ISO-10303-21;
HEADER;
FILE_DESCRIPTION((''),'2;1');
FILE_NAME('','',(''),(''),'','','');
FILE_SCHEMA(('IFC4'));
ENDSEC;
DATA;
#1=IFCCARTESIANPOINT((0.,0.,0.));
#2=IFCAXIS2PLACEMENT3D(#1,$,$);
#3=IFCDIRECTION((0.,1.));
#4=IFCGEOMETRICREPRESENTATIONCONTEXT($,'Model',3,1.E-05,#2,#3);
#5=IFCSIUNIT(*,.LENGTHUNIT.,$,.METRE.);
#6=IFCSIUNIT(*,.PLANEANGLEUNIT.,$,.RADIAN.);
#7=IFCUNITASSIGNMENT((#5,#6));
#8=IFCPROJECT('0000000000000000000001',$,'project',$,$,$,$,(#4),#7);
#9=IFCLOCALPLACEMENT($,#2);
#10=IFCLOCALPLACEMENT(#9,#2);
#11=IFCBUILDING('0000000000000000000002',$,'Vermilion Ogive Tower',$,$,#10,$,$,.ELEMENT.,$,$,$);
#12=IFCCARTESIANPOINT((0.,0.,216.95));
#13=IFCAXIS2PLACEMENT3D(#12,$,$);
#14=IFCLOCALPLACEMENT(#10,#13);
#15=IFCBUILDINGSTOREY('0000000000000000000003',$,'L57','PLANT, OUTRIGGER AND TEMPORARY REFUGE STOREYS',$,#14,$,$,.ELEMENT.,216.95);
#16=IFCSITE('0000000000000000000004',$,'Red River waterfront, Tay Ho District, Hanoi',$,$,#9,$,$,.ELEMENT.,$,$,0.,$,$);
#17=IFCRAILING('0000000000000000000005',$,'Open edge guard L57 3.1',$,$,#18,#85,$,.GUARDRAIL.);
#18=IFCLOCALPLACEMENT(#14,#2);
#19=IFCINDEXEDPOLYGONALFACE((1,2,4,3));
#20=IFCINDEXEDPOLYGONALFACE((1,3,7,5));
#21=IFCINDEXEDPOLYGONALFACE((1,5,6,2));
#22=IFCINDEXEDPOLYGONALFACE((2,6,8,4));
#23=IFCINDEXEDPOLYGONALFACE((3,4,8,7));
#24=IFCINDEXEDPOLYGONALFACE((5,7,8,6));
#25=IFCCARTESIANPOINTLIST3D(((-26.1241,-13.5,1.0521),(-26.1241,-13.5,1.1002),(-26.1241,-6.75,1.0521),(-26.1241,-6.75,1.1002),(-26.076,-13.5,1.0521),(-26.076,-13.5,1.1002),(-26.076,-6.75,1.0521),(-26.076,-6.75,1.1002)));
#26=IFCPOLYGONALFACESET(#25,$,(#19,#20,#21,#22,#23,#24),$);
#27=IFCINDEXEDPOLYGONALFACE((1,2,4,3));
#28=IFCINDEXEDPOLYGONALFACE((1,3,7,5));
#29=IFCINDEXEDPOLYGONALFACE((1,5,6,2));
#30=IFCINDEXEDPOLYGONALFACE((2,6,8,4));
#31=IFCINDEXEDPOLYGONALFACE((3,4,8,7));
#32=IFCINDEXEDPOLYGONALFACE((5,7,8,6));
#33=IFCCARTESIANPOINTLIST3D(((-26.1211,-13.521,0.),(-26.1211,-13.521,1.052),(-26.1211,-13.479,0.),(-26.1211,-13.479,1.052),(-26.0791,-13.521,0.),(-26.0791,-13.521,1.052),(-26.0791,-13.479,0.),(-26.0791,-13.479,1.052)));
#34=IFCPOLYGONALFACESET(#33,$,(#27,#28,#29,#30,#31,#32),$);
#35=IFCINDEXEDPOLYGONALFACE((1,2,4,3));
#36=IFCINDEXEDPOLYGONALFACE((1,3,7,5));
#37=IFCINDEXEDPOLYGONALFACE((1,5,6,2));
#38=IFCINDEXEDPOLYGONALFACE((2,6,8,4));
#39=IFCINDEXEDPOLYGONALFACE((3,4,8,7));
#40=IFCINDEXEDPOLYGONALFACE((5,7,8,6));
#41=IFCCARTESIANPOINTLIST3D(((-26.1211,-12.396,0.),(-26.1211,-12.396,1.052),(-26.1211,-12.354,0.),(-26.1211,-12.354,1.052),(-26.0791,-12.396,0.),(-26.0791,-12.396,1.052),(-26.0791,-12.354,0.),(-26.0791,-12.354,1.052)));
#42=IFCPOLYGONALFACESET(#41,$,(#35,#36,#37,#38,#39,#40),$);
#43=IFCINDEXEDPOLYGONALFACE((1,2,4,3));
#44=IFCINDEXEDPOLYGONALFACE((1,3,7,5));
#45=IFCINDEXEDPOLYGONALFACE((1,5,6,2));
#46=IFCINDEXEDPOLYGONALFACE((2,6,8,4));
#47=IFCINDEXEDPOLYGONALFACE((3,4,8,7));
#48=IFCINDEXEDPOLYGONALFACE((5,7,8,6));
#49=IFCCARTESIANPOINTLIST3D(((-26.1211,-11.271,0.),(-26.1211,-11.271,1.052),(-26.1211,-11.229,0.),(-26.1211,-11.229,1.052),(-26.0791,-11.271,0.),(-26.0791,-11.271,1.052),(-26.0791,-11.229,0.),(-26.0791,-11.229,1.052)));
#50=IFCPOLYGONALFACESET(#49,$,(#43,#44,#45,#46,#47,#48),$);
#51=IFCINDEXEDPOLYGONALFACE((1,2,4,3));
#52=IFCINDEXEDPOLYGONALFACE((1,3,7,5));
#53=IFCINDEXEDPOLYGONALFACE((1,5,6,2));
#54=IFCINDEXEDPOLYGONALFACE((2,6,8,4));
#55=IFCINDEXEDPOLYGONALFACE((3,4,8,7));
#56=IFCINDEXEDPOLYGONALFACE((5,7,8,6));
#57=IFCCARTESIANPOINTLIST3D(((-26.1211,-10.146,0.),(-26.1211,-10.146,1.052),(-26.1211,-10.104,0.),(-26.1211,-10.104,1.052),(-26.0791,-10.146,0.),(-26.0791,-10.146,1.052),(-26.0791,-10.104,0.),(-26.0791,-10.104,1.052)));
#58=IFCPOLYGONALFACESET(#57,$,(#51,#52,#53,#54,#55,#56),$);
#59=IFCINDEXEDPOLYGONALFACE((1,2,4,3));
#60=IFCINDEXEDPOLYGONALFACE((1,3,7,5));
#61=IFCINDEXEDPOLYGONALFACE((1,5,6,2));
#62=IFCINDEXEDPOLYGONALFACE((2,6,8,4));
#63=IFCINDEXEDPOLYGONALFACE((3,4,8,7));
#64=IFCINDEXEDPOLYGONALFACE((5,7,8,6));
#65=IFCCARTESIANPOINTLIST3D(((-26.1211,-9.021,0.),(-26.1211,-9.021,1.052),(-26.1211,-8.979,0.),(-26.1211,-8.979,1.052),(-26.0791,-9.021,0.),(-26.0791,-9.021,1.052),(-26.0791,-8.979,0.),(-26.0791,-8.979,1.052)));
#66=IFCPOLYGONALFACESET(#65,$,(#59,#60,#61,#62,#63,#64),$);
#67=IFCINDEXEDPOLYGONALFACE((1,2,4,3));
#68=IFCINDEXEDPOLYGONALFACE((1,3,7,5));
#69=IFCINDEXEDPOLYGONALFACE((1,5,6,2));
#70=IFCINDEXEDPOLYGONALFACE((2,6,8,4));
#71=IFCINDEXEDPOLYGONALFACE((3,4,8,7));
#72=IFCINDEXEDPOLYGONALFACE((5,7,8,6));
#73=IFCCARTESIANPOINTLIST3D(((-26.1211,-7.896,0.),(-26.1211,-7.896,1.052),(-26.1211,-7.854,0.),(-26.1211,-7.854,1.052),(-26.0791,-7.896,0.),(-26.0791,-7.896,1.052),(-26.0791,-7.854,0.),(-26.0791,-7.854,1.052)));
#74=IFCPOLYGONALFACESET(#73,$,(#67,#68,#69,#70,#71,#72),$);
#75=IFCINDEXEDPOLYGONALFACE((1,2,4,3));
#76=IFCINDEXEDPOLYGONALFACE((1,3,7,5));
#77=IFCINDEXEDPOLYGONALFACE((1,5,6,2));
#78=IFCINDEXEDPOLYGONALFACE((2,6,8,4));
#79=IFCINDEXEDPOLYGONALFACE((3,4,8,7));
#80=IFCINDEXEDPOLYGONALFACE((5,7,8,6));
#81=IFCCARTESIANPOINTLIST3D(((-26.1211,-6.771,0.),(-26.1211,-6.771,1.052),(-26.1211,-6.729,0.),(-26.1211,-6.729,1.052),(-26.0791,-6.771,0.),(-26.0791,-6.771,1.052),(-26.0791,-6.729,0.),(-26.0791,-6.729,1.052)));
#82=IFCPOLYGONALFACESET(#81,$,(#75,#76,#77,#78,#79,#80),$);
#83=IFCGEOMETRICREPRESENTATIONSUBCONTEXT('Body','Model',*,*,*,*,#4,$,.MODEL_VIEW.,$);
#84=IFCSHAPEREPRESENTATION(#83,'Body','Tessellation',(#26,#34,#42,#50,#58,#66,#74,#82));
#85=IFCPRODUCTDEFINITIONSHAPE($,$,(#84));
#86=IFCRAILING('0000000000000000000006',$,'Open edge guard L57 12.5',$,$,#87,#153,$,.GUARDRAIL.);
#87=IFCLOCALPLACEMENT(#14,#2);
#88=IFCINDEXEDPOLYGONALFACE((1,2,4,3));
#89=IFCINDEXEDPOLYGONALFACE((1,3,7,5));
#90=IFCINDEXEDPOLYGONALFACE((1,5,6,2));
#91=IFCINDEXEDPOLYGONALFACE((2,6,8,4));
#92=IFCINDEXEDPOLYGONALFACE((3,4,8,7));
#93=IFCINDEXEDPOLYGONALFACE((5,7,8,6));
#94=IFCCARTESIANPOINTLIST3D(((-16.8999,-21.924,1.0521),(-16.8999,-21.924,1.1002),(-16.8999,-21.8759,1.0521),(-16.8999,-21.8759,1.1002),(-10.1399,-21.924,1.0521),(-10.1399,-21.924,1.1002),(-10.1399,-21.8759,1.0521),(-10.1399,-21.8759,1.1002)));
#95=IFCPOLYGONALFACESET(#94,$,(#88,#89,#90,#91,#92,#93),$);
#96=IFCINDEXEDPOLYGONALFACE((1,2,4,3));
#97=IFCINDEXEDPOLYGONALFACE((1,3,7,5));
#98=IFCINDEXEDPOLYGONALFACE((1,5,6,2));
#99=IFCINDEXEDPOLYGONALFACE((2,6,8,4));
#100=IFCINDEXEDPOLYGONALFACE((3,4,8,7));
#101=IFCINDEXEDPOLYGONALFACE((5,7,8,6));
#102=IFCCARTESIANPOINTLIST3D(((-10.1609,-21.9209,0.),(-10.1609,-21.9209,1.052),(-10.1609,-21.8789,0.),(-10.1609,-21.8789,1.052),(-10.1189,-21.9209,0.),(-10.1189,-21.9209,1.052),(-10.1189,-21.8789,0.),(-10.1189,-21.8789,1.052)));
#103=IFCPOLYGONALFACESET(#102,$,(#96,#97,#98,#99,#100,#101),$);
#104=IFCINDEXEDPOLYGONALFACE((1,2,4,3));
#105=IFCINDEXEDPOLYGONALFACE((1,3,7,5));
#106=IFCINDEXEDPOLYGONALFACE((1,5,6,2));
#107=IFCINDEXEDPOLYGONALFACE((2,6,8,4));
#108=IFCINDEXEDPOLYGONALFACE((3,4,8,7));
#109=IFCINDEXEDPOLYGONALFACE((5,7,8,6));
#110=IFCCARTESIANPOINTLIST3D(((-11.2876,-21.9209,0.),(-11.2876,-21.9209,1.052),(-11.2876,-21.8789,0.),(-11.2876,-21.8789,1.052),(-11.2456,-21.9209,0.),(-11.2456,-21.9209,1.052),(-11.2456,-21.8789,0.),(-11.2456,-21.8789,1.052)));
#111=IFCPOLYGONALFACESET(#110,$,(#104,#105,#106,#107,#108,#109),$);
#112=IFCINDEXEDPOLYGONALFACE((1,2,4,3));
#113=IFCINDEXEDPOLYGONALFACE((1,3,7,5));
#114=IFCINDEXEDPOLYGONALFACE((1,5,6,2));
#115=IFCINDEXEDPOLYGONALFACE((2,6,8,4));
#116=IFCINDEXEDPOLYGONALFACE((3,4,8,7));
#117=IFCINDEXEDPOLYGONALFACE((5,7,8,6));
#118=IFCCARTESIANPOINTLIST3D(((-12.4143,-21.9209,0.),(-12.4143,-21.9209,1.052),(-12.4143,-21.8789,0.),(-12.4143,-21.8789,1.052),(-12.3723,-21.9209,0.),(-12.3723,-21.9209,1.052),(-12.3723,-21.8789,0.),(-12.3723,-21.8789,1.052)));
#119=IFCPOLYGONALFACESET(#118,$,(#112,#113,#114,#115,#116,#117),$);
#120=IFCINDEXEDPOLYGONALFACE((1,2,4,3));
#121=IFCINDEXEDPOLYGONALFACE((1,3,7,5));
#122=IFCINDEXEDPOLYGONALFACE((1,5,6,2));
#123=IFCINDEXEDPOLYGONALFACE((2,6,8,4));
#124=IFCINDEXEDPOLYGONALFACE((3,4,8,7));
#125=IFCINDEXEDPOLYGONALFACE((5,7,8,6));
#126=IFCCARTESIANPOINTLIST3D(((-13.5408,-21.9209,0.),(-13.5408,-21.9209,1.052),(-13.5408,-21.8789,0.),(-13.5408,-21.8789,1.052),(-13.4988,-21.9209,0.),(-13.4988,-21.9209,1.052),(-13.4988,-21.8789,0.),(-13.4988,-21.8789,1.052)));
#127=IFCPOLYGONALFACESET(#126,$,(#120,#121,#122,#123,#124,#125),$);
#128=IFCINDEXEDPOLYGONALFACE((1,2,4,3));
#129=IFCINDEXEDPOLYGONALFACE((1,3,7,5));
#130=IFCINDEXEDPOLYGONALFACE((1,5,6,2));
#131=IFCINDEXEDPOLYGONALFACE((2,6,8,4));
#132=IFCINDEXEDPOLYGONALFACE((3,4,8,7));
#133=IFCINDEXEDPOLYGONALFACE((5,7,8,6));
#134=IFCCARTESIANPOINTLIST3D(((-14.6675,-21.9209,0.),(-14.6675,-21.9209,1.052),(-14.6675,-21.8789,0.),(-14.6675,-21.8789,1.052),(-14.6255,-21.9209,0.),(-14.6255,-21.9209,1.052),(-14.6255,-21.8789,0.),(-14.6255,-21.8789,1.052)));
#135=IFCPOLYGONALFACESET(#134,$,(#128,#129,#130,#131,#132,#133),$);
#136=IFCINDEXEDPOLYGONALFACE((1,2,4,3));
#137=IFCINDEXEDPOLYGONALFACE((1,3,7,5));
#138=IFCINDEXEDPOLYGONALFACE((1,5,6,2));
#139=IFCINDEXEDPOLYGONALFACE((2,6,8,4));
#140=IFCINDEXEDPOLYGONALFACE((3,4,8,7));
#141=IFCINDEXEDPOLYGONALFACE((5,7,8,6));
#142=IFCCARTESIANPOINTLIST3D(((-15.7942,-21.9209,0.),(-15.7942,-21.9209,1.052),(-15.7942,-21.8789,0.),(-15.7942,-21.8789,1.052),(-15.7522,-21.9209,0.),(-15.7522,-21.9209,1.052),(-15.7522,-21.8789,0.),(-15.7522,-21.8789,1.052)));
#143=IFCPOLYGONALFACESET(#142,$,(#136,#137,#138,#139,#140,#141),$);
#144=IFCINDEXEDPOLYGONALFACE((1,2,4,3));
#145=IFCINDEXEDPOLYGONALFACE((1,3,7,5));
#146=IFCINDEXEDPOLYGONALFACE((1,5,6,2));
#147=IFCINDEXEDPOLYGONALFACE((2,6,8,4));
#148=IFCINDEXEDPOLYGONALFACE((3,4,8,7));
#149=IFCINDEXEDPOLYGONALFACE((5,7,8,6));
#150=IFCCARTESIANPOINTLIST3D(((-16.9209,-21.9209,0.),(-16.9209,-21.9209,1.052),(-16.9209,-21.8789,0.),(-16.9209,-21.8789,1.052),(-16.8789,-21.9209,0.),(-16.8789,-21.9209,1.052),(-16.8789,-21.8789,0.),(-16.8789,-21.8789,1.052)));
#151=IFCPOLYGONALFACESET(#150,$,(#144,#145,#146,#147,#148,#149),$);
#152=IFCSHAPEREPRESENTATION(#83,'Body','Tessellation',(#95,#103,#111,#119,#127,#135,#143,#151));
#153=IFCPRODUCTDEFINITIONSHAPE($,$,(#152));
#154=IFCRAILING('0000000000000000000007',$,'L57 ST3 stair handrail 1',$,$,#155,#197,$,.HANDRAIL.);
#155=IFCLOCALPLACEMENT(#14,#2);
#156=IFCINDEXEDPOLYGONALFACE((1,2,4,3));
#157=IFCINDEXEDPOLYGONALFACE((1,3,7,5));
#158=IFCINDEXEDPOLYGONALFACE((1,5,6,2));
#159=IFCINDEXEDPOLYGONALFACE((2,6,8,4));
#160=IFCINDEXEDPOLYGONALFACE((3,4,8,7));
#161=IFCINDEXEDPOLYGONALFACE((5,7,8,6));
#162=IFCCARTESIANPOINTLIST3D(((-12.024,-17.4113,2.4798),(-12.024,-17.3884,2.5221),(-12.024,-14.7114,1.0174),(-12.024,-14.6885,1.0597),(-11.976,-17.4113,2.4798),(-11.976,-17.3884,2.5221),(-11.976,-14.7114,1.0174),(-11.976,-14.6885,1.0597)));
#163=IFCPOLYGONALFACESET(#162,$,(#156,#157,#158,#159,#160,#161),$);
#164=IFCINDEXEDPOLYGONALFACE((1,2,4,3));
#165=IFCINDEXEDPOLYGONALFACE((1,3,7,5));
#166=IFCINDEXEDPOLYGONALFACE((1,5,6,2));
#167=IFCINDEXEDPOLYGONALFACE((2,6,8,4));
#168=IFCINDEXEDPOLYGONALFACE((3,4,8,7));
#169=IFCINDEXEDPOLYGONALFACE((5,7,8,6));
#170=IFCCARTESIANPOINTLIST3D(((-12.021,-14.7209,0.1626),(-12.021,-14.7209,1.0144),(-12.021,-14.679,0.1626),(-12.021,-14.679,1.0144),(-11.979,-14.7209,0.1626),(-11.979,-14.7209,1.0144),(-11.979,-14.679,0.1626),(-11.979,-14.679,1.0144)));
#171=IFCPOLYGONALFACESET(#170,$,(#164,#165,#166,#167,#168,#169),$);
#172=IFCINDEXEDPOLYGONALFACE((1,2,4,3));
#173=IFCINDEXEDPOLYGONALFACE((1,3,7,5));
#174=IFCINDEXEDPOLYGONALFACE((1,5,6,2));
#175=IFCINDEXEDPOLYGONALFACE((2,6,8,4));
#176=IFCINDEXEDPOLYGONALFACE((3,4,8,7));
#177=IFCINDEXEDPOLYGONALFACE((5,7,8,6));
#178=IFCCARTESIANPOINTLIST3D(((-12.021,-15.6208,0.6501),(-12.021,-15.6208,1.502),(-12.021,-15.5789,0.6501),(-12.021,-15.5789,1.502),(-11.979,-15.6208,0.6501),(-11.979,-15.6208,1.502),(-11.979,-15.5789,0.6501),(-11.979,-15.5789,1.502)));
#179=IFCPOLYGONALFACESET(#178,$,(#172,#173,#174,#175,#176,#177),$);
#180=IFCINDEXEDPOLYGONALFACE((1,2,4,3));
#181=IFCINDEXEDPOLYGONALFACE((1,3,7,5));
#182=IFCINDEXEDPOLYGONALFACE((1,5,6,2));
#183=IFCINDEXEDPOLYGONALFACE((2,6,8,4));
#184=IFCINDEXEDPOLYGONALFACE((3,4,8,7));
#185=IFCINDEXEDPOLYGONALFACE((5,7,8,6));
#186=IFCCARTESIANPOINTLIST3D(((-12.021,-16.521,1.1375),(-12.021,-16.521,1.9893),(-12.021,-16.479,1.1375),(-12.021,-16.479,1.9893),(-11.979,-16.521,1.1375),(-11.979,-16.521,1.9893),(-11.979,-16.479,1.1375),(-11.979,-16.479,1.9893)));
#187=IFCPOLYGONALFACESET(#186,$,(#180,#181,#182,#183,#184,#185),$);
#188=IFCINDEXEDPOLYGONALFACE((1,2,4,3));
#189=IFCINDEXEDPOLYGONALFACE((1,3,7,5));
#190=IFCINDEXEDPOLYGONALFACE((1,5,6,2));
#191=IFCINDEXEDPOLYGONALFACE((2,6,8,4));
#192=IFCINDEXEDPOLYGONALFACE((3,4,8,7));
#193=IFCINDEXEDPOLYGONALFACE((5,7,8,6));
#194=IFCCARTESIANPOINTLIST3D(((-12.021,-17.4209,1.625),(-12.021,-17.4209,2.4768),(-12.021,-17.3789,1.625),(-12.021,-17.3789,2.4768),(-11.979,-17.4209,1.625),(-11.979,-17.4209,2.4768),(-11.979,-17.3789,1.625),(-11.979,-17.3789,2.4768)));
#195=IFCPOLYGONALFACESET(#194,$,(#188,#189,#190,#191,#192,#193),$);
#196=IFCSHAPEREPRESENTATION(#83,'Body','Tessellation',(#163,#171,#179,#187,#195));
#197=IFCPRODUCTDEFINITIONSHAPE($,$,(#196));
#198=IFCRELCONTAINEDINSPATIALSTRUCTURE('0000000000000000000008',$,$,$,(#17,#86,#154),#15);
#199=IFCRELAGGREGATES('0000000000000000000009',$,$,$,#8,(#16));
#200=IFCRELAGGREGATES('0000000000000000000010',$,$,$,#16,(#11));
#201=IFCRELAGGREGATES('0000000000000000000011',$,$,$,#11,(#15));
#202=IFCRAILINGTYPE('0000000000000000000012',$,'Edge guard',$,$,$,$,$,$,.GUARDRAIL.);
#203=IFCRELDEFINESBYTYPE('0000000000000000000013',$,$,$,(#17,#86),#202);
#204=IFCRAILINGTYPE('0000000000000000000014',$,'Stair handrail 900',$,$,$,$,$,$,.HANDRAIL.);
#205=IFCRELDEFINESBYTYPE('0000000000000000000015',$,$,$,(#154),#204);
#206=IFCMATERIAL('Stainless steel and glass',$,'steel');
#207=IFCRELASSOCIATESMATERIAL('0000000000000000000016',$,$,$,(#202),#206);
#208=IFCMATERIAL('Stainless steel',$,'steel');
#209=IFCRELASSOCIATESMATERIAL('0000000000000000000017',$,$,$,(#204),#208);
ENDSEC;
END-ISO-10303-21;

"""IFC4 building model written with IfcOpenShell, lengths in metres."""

from ifc_helpers import new_model, si_unit, direction, frame, origin, origin_2d, place, context, subcontext, project, spatial, rectangle, extrude, material, type_object, element, save


model = new_model("IFC4")

# Units and contexts
model_context = context("Model", 3, precision=1e-05, world=origin(), true_north=direction((0.0, 1.0)))
body_context = subcontext(model_context, "Body", "Model", "MODEL_VIEW")
ifc_project = project(units=[si_unit("LENGTHUNIT", "METRE"), si_unit("PLANEANGLEUNIT", "RADIAN")], contexts=[model_context])

# Site, building, storey
site_placement = place(None, origin())
site = spatial("IfcSite", under=ifc_project, at=site_placement, Name="Red River waterfront, Tay Ho District, Hanoi", CompositionType="ELEMENT", RefElevation=0.0)
building_placement = place(site_placement, origin())
building = spatial("IfcBuilding", under=site, at=building_placement, Name="Vermilion Ogive Tower", CompositionType="ELEMENT")
storey_placement = place(building_placement, frame((0.0, 0.0, 216.95)))
storey = spatial("IfcBuildingStorey", under=building, at=storey_placement, Name="L57", Description="PLANT, OUTRIGGER AND TEMPORARY REFUGE STOREYS", CompositionType="ELEMENT", Elevation=216.95)

# Railings
ifc_material_1 = material(Name="Stainless steel and glass", Category="steel")
railing_type_1 = type_object("IfcRailingType", Name="Edge guard", PredefinedType="GUARDRAIL", material=ifc_material_1)
railing_1_placement = place(storey_placement, frame((-26.1001, -13.5, 0.0)))
element("IfcRailing", 1, at=railing_1_placement, inside=storey, type_object=railing_type_1, Name="Open edge guard L57 3.1", PredefinedType="GUARDRAIL", context=body_context, shape_type="SweptSolid", body=[
    extrude(rectangle(XDim=0.0481, YDim=0.0481, at=origin_2d()), frame((0.0, 0.0, 1.0762), z_axis=(0.0, 1.0, 0.0), x_axis=(-1.0, 0.0, 0.0)), (0.0, 0.0, 1.0), 6.75),
    extrude(rectangle(XDim=0.042, YDim=0.042, at=origin_2d()), origin(), (0.0, 0.0, 1.0), 1.052),
    extrude(rectangle(XDim=0.042, YDim=0.042, at=origin_2d()), frame((0.0, 1.125, 0.0)), (0.0, 0.0, 1.0), 1.052),
    extrude(rectangle(XDim=0.042, YDim=0.042, at=origin_2d()), frame((0.0, 2.25, 0.0)), (0.0, 0.0, 1.0), 1.052),
    extrude(rectangle(XDim=0.042, YDim=0.042, at=origin_2d()), frame((0.0, 3.375, 0.0)), (0.0, 0.0, 1.0), 1.052),
    extrude(rectangle(XDim=0.042, YDim=0.042, at=origin_2d()), frame((0.0, 4.5, 0.0)), (0.0, 0.0, 1.0), 1.052),
    extrude(rectangle(XDim=0.042, YDim=0.042, at=origin_2d()), frame((0.0, 5.625, 0.0)), (0.0, 0.0, 1.0), 1.052),
    extrude(rectangle(XDim=0.042, YDim=0.042, at=origin_2d()), frame((0.0, 6.75, 0.0)), (0.0, 0.0, 1.0), 1.052),
])
railing_2_placement = place(storey_placement, frame((-10.1399, -21.8999, 0.0)))
element("IfcRailing", 2, at=railing_2_placement, inside=storey, type_object=railing_type_1, Name="Open edge guard L57 12.5", PredefinedType="GUARDRAIL", context=body_context, shape_type="SweptSolid", body=[
    extrude(rectangle(XDim=0.0481, YDim=0.0481, at=origin_2d()), frame((0.0, 0.0, 1.0762), z_axis=(-1.0, 0.0, 0.0), x_axis=(0.0, -1.0, 0.0)), (0.0, 0.0, 1.0), 6.76),
    extrude(rectangle(XDim=0.042, YDim=0.042, at=origin_2d()), origin(), (0.0, 0.0, 1.0), 1.052),
    extrude(rectangle(XDim=0.042, YDim=0.042, at=origin_2d()), frame((-1.1267, 0.0, 0.0)), (0.0, 0.0, 1.0), 1.052),
    extrude(rectangle(XDim=0.042, YDim=0.042, at=origin_2d()), frame((-2.2534, 0.0, 0.0)), (0.0, 0.0, 1.0), 1.052),
    extrude(rectangle(XDim=0.042, YDim=0.042, at=origin_2d()), frame((-3.3799, 0.0, 0.0)), (0.0, 0.0, 1.0), 1.052),
    extrude(rectangle(XDim=0.042, YDim=0.042, at=origin_2d()), frame((-4.5066, 0.0, 0.0)), (0.0, 0.0, 1.0), 1.052),
    extrude(rectangle(XDim=0.042, YDim=0.042, at=origin_2d()), frame((-5.6333, 0.0, 0.0)), (0.0, 0.0, 1.0), 1.052),
    extrude(rectangle(XDim=0.042, YDim=0.042, at=origin_2d()), frame((-6.76, 0.0, 0.0)), (0.0, 0.0, 1.0), 1.052),
])
ifc_material_2 = material(Name="Stainless steel", Category="steel")
railing_type_2 = type_object("IfcRailingType", Name="Stair handrail 900", PredefinedType="HANDRAIL", material=ifc_material_2)
railing_3_placement = place(storey_placement, frame((-12.0, -14.7, 0.1626)))
element("IfcRailing", 3, at=railing_3_placement, inside=storey, type_object=railing_type_2, Name="L57 ST3 stair handrail 1", PredefinedType="HANDRAIL", context=body_context, shape_type="SweptSolid", body=[
    extrude(rectangle(XDim=0.0481, YDim=0.0481, at=origin_2d()), frame((0.0, 0.0, 0.876), z_axis=(0.0, -0.879302, 0.476265), x_axis=(1.0, 0.0, 0.0)), (0.0, 0.0, 1.0), 3.0706),
    extrude(rectangle(XDim=0.042, YDim=0.042, at=origin_2d()), origin(), (0.0, 0.0, 1.0), 0.8518),
    extrude(rectangle(XDim=0.042, YDim=0.042, at=origin_2d()), frame((0.0, -0.8999, 0.4875)), (0.0, 0.0, 1.0), 0.8518),
    extrude(rectangle(XDim=0.042, YDim=0.042, at=origin_2d()), frame((0.0, -1.8, 0.9749)), (0.0, 0.0, 1.0), 0.8518),
    extrude(rectangle(XDim=0.042, YDim=0.042, at=origin_2d()), frame((0.0, -2.7, 1.4624)), (0.0, 0.0, 1.0), 0.8518),
])

save(model, "model.ifc")
